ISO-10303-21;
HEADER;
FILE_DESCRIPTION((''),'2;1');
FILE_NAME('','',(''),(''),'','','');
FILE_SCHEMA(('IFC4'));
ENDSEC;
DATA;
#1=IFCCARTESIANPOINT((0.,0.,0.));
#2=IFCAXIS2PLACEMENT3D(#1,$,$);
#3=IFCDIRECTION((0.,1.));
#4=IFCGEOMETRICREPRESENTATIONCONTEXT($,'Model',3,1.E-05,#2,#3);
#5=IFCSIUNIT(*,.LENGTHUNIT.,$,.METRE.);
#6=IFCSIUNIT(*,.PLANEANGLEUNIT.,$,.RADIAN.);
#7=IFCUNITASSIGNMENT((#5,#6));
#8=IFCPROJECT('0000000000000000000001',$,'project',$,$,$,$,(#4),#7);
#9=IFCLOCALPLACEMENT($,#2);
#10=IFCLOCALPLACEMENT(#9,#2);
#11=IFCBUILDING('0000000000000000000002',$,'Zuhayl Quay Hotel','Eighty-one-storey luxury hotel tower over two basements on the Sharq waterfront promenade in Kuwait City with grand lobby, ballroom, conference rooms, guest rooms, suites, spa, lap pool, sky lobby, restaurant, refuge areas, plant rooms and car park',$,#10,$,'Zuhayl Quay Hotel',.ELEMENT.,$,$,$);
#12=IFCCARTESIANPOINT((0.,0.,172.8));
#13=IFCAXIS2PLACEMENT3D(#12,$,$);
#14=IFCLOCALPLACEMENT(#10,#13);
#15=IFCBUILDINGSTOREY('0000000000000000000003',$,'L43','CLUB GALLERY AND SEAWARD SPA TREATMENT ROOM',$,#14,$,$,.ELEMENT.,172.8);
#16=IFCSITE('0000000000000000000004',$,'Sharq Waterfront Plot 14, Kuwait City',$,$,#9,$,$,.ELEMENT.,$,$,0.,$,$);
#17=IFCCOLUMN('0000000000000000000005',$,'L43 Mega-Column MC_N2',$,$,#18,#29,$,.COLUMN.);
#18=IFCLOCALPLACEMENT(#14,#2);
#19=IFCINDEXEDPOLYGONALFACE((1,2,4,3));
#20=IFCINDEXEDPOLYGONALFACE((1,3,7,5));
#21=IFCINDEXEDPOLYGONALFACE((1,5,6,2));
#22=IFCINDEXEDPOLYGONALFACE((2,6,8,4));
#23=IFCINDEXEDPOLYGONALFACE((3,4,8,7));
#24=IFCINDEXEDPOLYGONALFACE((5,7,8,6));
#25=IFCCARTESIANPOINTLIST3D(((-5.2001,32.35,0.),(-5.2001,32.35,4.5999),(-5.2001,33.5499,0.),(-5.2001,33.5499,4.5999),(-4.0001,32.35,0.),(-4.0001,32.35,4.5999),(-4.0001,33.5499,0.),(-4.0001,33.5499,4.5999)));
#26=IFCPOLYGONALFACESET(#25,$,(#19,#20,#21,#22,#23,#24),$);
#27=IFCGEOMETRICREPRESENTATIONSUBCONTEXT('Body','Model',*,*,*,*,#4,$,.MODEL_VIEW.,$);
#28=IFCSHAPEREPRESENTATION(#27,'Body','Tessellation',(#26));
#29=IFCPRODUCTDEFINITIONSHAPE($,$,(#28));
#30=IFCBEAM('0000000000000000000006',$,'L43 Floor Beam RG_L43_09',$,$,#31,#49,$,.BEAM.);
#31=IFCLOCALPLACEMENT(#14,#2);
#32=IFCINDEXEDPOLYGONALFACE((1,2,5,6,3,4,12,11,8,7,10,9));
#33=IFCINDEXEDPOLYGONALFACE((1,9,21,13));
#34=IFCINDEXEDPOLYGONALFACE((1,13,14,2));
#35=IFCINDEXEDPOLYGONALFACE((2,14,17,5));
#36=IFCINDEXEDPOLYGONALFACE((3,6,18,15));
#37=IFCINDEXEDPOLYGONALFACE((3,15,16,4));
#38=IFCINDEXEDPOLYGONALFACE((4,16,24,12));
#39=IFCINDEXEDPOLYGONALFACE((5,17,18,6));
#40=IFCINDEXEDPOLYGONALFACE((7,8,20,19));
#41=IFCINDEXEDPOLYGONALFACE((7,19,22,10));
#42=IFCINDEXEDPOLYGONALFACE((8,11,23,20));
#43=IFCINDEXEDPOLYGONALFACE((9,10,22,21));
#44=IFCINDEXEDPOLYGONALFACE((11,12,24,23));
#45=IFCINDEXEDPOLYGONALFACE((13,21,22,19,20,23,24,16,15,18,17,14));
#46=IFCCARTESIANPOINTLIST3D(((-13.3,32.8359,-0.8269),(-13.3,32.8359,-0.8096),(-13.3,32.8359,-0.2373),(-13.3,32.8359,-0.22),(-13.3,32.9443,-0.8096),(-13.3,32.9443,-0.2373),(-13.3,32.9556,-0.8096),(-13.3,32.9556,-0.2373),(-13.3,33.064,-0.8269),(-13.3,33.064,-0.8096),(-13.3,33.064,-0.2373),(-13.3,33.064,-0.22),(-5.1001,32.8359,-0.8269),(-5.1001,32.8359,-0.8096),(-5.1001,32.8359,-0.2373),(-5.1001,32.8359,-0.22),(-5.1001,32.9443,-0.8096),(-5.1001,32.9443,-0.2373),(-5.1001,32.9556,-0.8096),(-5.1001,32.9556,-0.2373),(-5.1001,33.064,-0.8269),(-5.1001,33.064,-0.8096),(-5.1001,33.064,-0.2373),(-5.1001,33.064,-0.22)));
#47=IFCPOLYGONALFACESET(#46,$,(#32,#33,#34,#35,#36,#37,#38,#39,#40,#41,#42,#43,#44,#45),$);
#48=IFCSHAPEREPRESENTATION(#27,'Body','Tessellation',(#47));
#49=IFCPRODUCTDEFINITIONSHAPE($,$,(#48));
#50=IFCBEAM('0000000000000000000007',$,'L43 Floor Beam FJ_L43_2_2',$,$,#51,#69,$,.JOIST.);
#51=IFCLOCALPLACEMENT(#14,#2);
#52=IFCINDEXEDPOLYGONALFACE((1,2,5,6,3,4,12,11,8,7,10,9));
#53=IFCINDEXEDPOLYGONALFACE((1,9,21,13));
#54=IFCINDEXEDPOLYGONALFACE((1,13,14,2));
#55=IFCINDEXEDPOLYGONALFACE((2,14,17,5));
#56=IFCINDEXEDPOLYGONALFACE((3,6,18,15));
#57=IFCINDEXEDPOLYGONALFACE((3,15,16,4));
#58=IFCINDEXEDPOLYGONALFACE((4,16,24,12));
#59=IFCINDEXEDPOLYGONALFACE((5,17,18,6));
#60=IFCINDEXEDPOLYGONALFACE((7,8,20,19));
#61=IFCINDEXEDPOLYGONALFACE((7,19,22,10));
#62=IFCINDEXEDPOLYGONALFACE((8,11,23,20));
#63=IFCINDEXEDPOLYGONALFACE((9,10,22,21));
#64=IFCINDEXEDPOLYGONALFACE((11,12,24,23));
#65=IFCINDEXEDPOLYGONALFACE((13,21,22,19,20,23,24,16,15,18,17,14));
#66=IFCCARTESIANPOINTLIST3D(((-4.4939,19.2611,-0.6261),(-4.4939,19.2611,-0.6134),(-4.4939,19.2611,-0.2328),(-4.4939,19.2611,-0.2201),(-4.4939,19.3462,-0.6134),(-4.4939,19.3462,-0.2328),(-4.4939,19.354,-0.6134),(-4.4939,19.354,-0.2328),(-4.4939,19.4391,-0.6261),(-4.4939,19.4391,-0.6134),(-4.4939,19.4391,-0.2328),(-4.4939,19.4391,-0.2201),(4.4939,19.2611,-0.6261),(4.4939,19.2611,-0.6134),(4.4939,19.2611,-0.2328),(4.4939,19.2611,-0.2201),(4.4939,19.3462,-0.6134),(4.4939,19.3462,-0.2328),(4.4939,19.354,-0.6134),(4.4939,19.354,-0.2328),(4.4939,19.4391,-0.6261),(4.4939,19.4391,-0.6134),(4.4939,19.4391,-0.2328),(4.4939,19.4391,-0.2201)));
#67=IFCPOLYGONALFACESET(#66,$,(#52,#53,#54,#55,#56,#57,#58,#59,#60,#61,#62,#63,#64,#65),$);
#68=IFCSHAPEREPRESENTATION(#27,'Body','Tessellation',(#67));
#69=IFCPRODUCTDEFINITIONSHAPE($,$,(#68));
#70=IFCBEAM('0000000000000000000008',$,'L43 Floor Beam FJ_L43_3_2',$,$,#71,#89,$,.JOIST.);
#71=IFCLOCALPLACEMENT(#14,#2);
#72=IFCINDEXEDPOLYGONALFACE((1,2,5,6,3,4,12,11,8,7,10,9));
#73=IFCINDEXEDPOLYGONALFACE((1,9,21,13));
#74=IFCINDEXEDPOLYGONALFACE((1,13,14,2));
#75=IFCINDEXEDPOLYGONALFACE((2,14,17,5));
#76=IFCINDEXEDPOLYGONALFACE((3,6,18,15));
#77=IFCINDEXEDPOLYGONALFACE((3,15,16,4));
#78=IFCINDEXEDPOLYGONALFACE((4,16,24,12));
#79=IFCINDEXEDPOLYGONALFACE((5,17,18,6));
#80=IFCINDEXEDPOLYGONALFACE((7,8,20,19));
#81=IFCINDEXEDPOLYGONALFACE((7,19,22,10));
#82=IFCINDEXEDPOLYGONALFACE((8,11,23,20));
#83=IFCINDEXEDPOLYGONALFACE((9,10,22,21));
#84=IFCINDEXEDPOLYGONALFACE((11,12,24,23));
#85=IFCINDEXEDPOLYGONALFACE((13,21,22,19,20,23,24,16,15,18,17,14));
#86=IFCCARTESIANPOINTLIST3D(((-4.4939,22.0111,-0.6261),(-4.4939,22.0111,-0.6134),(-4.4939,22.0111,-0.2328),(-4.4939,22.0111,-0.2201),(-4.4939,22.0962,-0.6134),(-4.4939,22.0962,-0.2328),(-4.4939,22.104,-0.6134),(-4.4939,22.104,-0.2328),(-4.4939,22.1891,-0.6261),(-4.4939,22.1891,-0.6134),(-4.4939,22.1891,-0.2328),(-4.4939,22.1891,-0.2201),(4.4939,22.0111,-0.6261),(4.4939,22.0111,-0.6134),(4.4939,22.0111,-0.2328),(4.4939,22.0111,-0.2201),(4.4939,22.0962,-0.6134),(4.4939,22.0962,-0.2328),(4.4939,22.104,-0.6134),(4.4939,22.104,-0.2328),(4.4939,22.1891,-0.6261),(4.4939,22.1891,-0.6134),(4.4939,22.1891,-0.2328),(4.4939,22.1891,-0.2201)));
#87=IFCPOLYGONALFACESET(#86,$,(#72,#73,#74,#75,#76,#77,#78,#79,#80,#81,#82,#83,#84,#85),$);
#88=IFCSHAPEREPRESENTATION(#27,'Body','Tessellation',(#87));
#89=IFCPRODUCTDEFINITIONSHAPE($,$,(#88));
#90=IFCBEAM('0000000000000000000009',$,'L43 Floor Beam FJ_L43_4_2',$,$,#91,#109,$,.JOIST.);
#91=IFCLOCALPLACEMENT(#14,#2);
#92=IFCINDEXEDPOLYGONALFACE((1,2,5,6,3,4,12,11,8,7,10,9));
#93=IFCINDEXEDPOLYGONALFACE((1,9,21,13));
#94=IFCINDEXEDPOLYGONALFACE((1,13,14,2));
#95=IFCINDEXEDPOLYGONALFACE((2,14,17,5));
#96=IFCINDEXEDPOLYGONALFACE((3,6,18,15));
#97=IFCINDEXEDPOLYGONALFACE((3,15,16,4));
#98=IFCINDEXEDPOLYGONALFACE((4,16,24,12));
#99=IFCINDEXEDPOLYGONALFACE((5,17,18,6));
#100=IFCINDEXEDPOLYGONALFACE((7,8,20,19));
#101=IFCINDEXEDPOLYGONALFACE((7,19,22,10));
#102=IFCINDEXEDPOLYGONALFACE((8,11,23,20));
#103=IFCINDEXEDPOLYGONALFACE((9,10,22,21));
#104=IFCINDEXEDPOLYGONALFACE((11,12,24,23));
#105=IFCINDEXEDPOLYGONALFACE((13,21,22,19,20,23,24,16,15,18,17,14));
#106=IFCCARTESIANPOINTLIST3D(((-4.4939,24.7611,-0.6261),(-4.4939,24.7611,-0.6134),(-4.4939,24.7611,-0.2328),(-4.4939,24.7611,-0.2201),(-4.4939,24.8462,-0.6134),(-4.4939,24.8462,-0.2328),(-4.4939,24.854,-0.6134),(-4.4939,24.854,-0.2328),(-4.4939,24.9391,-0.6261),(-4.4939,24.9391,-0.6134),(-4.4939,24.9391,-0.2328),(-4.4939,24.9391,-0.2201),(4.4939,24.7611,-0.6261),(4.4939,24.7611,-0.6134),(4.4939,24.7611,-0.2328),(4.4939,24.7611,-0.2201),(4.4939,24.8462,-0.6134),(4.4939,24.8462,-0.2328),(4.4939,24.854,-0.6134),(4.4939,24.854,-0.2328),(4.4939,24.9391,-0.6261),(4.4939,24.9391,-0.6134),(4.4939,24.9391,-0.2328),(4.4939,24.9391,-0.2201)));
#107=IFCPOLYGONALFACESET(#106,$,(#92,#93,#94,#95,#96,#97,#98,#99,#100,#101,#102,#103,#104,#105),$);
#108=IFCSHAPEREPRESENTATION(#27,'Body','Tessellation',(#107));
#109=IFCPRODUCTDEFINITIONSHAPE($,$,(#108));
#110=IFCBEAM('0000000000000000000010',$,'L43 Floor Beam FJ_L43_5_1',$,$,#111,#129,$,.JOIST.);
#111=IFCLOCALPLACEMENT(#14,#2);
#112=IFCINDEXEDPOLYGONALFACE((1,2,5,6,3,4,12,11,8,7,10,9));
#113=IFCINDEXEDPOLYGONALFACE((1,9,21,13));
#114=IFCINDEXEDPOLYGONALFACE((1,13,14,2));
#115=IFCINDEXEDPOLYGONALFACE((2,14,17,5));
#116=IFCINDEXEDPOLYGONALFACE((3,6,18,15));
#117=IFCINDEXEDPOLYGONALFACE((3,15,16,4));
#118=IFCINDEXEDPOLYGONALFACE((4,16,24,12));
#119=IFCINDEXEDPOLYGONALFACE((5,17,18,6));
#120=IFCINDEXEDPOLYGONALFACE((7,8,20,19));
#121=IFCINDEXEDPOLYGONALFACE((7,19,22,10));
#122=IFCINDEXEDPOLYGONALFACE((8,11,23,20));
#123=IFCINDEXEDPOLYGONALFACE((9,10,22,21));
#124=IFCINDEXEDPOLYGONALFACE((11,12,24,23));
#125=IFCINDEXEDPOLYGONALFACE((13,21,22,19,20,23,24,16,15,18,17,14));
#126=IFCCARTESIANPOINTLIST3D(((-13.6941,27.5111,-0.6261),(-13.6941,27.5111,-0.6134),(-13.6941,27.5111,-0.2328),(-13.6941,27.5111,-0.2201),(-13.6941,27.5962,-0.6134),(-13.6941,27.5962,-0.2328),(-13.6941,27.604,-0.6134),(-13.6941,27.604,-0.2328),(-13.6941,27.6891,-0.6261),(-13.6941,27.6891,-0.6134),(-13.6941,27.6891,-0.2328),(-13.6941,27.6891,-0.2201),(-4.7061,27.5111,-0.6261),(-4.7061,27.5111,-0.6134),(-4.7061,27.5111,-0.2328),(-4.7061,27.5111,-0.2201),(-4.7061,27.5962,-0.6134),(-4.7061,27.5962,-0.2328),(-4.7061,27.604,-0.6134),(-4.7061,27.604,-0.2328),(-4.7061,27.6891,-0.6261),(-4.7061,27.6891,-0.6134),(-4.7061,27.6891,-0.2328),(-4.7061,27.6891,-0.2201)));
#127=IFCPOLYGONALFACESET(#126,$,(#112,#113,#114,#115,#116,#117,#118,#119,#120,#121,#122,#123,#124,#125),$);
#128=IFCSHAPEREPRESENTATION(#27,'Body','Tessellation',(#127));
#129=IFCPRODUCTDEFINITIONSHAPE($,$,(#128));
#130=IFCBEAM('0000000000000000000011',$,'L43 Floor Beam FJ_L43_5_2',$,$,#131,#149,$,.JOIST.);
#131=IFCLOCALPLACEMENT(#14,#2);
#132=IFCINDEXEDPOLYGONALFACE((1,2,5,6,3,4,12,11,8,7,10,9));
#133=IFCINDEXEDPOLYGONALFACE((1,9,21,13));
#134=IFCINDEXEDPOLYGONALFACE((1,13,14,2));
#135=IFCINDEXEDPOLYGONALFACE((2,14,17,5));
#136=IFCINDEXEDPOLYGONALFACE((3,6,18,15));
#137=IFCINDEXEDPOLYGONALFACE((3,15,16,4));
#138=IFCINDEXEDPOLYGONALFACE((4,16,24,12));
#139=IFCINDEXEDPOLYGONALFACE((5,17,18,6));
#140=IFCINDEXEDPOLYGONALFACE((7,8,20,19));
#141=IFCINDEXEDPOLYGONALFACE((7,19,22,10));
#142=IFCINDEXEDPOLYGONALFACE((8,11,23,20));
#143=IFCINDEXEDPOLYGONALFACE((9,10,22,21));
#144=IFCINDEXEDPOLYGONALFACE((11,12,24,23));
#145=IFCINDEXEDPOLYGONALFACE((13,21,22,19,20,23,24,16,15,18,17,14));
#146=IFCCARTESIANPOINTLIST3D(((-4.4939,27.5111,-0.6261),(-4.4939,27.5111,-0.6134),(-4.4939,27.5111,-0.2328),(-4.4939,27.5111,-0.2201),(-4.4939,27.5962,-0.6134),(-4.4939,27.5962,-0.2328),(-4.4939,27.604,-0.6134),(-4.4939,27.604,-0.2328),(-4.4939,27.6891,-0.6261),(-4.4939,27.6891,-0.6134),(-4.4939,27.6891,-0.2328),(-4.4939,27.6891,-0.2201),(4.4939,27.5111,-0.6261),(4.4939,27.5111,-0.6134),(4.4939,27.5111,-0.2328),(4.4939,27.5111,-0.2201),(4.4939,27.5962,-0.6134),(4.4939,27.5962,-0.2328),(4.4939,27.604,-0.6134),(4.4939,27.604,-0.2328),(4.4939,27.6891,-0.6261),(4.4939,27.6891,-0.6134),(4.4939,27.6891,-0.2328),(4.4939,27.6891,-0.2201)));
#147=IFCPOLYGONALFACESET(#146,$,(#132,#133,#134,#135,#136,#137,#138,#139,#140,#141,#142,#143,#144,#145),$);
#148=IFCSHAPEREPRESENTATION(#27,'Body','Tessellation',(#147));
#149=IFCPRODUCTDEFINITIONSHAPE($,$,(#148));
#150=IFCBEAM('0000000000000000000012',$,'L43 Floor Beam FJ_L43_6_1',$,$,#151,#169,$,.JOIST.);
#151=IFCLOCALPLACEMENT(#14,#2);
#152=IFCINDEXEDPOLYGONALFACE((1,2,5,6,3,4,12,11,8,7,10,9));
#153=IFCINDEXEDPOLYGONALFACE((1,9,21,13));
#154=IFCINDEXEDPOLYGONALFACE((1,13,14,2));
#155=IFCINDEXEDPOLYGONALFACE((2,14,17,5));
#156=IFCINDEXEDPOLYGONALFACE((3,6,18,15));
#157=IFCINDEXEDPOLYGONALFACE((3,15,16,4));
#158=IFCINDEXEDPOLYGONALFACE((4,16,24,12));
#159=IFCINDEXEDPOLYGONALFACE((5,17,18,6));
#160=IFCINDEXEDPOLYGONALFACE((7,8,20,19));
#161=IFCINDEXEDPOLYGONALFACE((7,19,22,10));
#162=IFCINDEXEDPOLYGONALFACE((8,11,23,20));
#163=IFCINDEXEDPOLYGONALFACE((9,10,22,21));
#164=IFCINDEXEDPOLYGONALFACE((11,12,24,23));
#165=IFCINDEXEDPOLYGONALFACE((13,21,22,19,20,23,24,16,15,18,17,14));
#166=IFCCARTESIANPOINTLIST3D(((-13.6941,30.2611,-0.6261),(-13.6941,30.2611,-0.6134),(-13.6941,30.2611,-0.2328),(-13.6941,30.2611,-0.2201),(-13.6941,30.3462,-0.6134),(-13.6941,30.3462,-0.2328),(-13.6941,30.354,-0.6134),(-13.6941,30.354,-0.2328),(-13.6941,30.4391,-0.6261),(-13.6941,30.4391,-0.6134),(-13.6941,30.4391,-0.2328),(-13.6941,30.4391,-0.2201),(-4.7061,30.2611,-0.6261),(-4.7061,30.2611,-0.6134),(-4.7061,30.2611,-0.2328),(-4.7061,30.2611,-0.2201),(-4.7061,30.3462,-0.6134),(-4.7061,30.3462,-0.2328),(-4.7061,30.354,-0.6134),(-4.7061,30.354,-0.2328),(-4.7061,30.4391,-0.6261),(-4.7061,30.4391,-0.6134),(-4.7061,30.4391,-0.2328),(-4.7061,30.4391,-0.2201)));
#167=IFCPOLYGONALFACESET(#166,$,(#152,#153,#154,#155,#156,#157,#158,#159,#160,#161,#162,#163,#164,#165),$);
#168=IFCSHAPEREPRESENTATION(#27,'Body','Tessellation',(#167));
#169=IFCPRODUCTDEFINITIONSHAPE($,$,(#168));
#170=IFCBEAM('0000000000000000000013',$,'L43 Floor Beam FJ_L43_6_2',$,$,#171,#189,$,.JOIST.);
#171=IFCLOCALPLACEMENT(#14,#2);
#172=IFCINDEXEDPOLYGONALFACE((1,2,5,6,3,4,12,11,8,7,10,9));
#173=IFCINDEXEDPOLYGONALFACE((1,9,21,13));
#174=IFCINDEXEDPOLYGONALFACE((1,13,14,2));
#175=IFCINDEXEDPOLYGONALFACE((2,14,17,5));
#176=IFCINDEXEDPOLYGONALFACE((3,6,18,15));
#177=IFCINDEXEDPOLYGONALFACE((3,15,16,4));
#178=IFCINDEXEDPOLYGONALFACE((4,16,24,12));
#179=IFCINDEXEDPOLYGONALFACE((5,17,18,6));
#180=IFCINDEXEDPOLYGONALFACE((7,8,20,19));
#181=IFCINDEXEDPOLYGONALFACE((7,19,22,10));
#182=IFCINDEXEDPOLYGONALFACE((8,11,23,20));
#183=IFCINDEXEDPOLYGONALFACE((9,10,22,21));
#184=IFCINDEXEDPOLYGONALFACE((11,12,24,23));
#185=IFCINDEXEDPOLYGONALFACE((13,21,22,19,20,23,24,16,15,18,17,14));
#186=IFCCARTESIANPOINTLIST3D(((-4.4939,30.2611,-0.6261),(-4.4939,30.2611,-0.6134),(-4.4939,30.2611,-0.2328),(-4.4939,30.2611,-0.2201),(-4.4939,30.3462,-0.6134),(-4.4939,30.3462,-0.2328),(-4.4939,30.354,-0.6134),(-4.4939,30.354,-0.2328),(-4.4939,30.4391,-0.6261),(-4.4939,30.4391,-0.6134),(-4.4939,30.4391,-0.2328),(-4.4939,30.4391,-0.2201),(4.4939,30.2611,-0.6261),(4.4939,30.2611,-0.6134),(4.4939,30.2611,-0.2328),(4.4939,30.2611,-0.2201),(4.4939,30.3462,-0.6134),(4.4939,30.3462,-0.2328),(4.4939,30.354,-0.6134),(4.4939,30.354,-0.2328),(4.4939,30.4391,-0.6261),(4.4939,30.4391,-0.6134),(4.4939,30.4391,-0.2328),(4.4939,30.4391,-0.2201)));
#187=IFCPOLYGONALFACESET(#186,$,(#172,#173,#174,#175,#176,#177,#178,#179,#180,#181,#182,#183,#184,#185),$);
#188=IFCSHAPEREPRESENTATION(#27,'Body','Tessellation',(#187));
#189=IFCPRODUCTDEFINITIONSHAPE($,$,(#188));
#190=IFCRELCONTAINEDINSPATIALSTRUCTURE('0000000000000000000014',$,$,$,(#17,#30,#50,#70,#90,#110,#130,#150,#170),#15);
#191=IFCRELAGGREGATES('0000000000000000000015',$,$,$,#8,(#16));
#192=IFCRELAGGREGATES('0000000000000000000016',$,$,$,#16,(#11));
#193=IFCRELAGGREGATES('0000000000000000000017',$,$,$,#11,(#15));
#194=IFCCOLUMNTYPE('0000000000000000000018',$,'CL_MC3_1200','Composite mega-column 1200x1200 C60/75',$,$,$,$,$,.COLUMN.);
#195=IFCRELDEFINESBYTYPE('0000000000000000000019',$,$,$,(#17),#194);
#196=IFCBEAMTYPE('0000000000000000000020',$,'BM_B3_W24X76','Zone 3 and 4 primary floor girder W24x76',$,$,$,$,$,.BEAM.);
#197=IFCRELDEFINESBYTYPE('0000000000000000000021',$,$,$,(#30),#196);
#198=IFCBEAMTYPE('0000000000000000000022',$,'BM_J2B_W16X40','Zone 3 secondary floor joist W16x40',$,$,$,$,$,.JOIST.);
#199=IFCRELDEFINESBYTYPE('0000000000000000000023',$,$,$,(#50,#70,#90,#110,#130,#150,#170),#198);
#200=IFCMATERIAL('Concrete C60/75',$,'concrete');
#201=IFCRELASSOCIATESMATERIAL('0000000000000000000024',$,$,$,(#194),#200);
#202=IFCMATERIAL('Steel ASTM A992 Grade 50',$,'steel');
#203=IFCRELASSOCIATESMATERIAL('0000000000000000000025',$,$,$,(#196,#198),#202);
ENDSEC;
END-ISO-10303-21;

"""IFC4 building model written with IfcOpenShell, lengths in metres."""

from ifc_helpers import new_model, si_unit, direction, frame, origin, origin_2d, place, context, subcontext, project, spatial, rectangle, i_section, extrude, material, material_profile, profile_set, type_object, element, save


model = new_model("IFC4")

# Units and contexts
model_context = context("Model", 3, precision=1e-05, world=origin(), true_north=direction((0.0, 1.0)))
body_context = subcontext(model_context, "Body", "Model", "MODEL_VIEW")
ifc_project = project(units=[si_unit("LENGTHUNIT", "METRE"), si_unit("PLANEANGLEUNIT", "RADIAN")], contexts=[model_context])

# Site, building, storey
site_placement = place(None, origin())
site = spatial("IfcSite", under=ifc_project, at=site_placement, Name="Sharq Waterfront Plot 14, Kuwait City", CompositionType="ELEMENT", RefElevation=0.0)
building_placement = place(site_placement, origin())
building = spatial("IfcBuilding", under=site, at=building_placement, Name="Zuhayl Quay Hotel", Description="Eighty-one-storey luxury hotel tower over two basements on the Sharq waterfront promenade in Kuwait City with grand lobby, ballroom, conference rooms, guest rooms, suites, spa, lap pool, sky lobby, restaurant, refuge areas, plant rooms and car park", LongName="Zuhayl Quay Hotel", CompositionType="ELEMENT")
storey_placement = place(building_placement, frame((0.0, 0.0, 172.8)))
storey = spatial("IfcBuildingStorey", under=building, at=storey_placement, Name="L43", Description="CLUB GALLERY AND SEAWARD SPA TREATMENT ROOM", CompositionType="ELEMENT", Elevation=172.8)

# Column
ifc_material_1 = material(Name="Concrete C60/75", Category="concrete")
ifc_material_profile_1 = material_profile(ifc_material_1, rectangle(XDim=1.2, YDim=1.2, at=origin_2d()), Name="RC1200X1200")
ifc_profile_set_1 = profile_set([ifc_material_profile_1], Name="Concrete C60/75")
column_type = type_object("IfcColumnType", Name="CL_MC3_1200", Description="Composite mega-column 1200x1200 C60/75", PredefinedType="COLUMN", material=ifc_profile_set_1)
column_placement = place(storey_placement, frame((-4.6001, 32.95, 0.0), z_axis=(0.0, 0.0, 1.0), x_axis=(1.0, 0.0, 0.0)))
element("IfcColumn", 1, at=column_placement, inside=storey, type_object=column_type, Name="L43 Mega-Column MC_N2", PredefinedType="COLUMN", context=body_context, shape_type="SweptSolid", body=[
    extrude(rectangle(XDim=1.2, YDim=1.2, at=origin_2d()), origin(), (0.0, 0.0, 1.0), 4.5999),
])

# Beams
ifc_material_2 = material(Name="Steel ASTM A992 Grade 50", Category="steel")
ifc_material_profile_2 = material_profile(ifc_material_2, i_section(OverallWidth=0.228, OverallDepth=0.6069, WebThickness=0.0112, FlangeThickness=0.0173, at=origin_2d()), Name="W24X76")
ifc_profile_set_2 = profile_set([ifc_material_profile_2], Name="Steel ASTM A992 Grade 50")
beam_type_1 = type_object("IfcBeamType", Name="BM_B3_W24X76", Description="Zone 3 and 4 primary floor girder W24x76", PredefinedType="BEAM", material=ifc_profile_set_2)
beam_1_placement = place(storey_placement, frame((-5.1001, 32.95, -0.5234), z_axis=(-1.0, 0.0, 0.0), x_axis=(0.0, -1.0, 0.0)))
element("IfcBeam", 2, at=beam_1_placement, inside=storey, type_object=beam_type_1, Name="L43 Floor Beam RG_L43_09", PredefinedType="BEAM", context=body_context, shape_type="SweptSolid", body=[
    extrude(i_section(OverallWidth=0.228, OverallDepth=0.6069, WebThickness=0.0112, FlangeThickness=0.0173, at=origin_2d()), origin(), (0.0, 0.0, 1.0), 8.2),
])
ifc_material_profile_3 = material_profile(ifc_material_2, i_section(OverallWidth=0.178, OverallDepth=0.406, WebThickness=0.0078, FlangeThickness=0.0127, at=origin_2d()), Name="W16X40")
ifc_profile_set_3 = profile_set([ifc_material_profile_3], Name="Steel ASTM A992 Grade 50")
beam_type_2 = type_object("IfcBeamType", Name="BM_J2B_W16X40", Description="Zone 3 secondary floor joist W16x40", PredefinedType="JOIST", material=ifc_profile_set_3)
for number, where, z_axis, x_axis, name in (
    (3, (-4.4939, 19.3501, -0.4231), (1.0, 0.0, 0.0), (0.0, 1.0, 0.0), "L43 Floor Beam FJ_L43_2_2"),
    (4, (-4.4939, 22.1001, -0.4231), (1.0, 0.0, 0.0), (0.0, 1.0, 0.0), "L43 Floor Beam FJ_L43_3_2"),
    (5, (-4.4939, 24.8501, -0.4231), (1.0, 0.0, 0.0), (0.0, 1.0, 0.0), "L43 Floor Beam FJ_L43_4_2"),
):
    element("IfcBeam", number, at=place(storey_placement, frame(where, z_axis=z_axis, x_axis=x_axis)), inside=storey, type_object=beam_type_2, Name=name, PredefinedType="JOIST", context=body_context, shape_type="SweptSolid", body=[
        extrude(i_section(OverallWidth=0.178, OverallDepth=0.406, WebThickness=0.0078, FlangeThickness=0.0127, at=origin_2d()), origin(), (0.0, 0.0, 1.0), 8.9878),
    ])
beam_2_placement = place(storey_placement, frame((-13.6941, 27.6001, -0.4231), z_axis=(1.0, 0.0, 0.0), x_axis=(0.0, 1.0, 0.0)))
element("IfcBeam", 6, at=beam_2_placement, inside=storey, type_object=beam_type_2, Name="L43 Floor Beam FJ_L43_5_1", PredefinedType="JOIST", context=body_context, shape_type="SweptSolid", body=[
    extrude(i_section(OverallWidth=0.178, OverallDepth=0.406, WebThickness=0.0078, FlangeThickness=0.0127, at=origin_2d()), origin(), (0.0, 0.0, 1.0), 8.988),
])
beam_3_placement = place(storey_placement, frame((-4.4939, 27.6001, -0.4231), z_axis=(1.0, 0.0, 0.0), x_axis=(0.0, 1.0, 0.0)))
element("IfcBeam", 7, at=beam_3_placement, inside=storey, type_object=beam_type_2, Name="L43 Floor Beam FJ_L43_5_2", PredefinedType="JOIST", context=body_context, shape_type="SweptSolid", body=[
    extrude(i_section(OverallWidth=0.178, OverallDepth=0.406, WebThickness=0.0078, FlangeThickness=0.0127, at=origin_2d()), origin(), (0.0, 0.0, 1.0), 8.9878),
])
beam_4_placement = place(storey_placement, frame((-13.6941, 30.3501, -0.4231), z_axis=(1.0, 0.0, 0.0), x_axis=(0.0, 1.0, 0.0)))
element("IfcBeam", 8, at=beam_4_placement, inside=storey, type_object=beam_type_2, Name="L43 Floor Beam FJ_L43_6_1", PredefinedType="JOIST", context=body_context, shape_type="SweptSolid", body=[
    extrude(i_section(OverallWidth=0.178, OverallDepth=0.406, WebThickness=0.0078, FlangeThickness=0.0127, at=origin_2d()), origin(), (0.0, 0.0, 1.0), 8.988),
])
beam_5_placement = place(storey_placement, frame((-4.4939, 30.3501, -0.4231), z_axis=(1.0, 0.0, 0.0), x_axis=(0.0, 1.0, 0.0)))
element("IfcBeam", 9, at=beam_5_placement, inside=storey, type_object=beam_type_2, Name="L43 Floor Beam FJ_L43_6_2", PredefinedType="JOIST", context=body_context, shape_type="SweptSolid", body=[
    extrude(i_section(OverallWidth=0.178, OverallDepth=0.406, WebThickness=0.0078, FlangeThickness=0.0127, at=origin_2d()), origin(), (0.0, 0.0, 1.0), 8.9878),
])

save(model, "model.ifc")
